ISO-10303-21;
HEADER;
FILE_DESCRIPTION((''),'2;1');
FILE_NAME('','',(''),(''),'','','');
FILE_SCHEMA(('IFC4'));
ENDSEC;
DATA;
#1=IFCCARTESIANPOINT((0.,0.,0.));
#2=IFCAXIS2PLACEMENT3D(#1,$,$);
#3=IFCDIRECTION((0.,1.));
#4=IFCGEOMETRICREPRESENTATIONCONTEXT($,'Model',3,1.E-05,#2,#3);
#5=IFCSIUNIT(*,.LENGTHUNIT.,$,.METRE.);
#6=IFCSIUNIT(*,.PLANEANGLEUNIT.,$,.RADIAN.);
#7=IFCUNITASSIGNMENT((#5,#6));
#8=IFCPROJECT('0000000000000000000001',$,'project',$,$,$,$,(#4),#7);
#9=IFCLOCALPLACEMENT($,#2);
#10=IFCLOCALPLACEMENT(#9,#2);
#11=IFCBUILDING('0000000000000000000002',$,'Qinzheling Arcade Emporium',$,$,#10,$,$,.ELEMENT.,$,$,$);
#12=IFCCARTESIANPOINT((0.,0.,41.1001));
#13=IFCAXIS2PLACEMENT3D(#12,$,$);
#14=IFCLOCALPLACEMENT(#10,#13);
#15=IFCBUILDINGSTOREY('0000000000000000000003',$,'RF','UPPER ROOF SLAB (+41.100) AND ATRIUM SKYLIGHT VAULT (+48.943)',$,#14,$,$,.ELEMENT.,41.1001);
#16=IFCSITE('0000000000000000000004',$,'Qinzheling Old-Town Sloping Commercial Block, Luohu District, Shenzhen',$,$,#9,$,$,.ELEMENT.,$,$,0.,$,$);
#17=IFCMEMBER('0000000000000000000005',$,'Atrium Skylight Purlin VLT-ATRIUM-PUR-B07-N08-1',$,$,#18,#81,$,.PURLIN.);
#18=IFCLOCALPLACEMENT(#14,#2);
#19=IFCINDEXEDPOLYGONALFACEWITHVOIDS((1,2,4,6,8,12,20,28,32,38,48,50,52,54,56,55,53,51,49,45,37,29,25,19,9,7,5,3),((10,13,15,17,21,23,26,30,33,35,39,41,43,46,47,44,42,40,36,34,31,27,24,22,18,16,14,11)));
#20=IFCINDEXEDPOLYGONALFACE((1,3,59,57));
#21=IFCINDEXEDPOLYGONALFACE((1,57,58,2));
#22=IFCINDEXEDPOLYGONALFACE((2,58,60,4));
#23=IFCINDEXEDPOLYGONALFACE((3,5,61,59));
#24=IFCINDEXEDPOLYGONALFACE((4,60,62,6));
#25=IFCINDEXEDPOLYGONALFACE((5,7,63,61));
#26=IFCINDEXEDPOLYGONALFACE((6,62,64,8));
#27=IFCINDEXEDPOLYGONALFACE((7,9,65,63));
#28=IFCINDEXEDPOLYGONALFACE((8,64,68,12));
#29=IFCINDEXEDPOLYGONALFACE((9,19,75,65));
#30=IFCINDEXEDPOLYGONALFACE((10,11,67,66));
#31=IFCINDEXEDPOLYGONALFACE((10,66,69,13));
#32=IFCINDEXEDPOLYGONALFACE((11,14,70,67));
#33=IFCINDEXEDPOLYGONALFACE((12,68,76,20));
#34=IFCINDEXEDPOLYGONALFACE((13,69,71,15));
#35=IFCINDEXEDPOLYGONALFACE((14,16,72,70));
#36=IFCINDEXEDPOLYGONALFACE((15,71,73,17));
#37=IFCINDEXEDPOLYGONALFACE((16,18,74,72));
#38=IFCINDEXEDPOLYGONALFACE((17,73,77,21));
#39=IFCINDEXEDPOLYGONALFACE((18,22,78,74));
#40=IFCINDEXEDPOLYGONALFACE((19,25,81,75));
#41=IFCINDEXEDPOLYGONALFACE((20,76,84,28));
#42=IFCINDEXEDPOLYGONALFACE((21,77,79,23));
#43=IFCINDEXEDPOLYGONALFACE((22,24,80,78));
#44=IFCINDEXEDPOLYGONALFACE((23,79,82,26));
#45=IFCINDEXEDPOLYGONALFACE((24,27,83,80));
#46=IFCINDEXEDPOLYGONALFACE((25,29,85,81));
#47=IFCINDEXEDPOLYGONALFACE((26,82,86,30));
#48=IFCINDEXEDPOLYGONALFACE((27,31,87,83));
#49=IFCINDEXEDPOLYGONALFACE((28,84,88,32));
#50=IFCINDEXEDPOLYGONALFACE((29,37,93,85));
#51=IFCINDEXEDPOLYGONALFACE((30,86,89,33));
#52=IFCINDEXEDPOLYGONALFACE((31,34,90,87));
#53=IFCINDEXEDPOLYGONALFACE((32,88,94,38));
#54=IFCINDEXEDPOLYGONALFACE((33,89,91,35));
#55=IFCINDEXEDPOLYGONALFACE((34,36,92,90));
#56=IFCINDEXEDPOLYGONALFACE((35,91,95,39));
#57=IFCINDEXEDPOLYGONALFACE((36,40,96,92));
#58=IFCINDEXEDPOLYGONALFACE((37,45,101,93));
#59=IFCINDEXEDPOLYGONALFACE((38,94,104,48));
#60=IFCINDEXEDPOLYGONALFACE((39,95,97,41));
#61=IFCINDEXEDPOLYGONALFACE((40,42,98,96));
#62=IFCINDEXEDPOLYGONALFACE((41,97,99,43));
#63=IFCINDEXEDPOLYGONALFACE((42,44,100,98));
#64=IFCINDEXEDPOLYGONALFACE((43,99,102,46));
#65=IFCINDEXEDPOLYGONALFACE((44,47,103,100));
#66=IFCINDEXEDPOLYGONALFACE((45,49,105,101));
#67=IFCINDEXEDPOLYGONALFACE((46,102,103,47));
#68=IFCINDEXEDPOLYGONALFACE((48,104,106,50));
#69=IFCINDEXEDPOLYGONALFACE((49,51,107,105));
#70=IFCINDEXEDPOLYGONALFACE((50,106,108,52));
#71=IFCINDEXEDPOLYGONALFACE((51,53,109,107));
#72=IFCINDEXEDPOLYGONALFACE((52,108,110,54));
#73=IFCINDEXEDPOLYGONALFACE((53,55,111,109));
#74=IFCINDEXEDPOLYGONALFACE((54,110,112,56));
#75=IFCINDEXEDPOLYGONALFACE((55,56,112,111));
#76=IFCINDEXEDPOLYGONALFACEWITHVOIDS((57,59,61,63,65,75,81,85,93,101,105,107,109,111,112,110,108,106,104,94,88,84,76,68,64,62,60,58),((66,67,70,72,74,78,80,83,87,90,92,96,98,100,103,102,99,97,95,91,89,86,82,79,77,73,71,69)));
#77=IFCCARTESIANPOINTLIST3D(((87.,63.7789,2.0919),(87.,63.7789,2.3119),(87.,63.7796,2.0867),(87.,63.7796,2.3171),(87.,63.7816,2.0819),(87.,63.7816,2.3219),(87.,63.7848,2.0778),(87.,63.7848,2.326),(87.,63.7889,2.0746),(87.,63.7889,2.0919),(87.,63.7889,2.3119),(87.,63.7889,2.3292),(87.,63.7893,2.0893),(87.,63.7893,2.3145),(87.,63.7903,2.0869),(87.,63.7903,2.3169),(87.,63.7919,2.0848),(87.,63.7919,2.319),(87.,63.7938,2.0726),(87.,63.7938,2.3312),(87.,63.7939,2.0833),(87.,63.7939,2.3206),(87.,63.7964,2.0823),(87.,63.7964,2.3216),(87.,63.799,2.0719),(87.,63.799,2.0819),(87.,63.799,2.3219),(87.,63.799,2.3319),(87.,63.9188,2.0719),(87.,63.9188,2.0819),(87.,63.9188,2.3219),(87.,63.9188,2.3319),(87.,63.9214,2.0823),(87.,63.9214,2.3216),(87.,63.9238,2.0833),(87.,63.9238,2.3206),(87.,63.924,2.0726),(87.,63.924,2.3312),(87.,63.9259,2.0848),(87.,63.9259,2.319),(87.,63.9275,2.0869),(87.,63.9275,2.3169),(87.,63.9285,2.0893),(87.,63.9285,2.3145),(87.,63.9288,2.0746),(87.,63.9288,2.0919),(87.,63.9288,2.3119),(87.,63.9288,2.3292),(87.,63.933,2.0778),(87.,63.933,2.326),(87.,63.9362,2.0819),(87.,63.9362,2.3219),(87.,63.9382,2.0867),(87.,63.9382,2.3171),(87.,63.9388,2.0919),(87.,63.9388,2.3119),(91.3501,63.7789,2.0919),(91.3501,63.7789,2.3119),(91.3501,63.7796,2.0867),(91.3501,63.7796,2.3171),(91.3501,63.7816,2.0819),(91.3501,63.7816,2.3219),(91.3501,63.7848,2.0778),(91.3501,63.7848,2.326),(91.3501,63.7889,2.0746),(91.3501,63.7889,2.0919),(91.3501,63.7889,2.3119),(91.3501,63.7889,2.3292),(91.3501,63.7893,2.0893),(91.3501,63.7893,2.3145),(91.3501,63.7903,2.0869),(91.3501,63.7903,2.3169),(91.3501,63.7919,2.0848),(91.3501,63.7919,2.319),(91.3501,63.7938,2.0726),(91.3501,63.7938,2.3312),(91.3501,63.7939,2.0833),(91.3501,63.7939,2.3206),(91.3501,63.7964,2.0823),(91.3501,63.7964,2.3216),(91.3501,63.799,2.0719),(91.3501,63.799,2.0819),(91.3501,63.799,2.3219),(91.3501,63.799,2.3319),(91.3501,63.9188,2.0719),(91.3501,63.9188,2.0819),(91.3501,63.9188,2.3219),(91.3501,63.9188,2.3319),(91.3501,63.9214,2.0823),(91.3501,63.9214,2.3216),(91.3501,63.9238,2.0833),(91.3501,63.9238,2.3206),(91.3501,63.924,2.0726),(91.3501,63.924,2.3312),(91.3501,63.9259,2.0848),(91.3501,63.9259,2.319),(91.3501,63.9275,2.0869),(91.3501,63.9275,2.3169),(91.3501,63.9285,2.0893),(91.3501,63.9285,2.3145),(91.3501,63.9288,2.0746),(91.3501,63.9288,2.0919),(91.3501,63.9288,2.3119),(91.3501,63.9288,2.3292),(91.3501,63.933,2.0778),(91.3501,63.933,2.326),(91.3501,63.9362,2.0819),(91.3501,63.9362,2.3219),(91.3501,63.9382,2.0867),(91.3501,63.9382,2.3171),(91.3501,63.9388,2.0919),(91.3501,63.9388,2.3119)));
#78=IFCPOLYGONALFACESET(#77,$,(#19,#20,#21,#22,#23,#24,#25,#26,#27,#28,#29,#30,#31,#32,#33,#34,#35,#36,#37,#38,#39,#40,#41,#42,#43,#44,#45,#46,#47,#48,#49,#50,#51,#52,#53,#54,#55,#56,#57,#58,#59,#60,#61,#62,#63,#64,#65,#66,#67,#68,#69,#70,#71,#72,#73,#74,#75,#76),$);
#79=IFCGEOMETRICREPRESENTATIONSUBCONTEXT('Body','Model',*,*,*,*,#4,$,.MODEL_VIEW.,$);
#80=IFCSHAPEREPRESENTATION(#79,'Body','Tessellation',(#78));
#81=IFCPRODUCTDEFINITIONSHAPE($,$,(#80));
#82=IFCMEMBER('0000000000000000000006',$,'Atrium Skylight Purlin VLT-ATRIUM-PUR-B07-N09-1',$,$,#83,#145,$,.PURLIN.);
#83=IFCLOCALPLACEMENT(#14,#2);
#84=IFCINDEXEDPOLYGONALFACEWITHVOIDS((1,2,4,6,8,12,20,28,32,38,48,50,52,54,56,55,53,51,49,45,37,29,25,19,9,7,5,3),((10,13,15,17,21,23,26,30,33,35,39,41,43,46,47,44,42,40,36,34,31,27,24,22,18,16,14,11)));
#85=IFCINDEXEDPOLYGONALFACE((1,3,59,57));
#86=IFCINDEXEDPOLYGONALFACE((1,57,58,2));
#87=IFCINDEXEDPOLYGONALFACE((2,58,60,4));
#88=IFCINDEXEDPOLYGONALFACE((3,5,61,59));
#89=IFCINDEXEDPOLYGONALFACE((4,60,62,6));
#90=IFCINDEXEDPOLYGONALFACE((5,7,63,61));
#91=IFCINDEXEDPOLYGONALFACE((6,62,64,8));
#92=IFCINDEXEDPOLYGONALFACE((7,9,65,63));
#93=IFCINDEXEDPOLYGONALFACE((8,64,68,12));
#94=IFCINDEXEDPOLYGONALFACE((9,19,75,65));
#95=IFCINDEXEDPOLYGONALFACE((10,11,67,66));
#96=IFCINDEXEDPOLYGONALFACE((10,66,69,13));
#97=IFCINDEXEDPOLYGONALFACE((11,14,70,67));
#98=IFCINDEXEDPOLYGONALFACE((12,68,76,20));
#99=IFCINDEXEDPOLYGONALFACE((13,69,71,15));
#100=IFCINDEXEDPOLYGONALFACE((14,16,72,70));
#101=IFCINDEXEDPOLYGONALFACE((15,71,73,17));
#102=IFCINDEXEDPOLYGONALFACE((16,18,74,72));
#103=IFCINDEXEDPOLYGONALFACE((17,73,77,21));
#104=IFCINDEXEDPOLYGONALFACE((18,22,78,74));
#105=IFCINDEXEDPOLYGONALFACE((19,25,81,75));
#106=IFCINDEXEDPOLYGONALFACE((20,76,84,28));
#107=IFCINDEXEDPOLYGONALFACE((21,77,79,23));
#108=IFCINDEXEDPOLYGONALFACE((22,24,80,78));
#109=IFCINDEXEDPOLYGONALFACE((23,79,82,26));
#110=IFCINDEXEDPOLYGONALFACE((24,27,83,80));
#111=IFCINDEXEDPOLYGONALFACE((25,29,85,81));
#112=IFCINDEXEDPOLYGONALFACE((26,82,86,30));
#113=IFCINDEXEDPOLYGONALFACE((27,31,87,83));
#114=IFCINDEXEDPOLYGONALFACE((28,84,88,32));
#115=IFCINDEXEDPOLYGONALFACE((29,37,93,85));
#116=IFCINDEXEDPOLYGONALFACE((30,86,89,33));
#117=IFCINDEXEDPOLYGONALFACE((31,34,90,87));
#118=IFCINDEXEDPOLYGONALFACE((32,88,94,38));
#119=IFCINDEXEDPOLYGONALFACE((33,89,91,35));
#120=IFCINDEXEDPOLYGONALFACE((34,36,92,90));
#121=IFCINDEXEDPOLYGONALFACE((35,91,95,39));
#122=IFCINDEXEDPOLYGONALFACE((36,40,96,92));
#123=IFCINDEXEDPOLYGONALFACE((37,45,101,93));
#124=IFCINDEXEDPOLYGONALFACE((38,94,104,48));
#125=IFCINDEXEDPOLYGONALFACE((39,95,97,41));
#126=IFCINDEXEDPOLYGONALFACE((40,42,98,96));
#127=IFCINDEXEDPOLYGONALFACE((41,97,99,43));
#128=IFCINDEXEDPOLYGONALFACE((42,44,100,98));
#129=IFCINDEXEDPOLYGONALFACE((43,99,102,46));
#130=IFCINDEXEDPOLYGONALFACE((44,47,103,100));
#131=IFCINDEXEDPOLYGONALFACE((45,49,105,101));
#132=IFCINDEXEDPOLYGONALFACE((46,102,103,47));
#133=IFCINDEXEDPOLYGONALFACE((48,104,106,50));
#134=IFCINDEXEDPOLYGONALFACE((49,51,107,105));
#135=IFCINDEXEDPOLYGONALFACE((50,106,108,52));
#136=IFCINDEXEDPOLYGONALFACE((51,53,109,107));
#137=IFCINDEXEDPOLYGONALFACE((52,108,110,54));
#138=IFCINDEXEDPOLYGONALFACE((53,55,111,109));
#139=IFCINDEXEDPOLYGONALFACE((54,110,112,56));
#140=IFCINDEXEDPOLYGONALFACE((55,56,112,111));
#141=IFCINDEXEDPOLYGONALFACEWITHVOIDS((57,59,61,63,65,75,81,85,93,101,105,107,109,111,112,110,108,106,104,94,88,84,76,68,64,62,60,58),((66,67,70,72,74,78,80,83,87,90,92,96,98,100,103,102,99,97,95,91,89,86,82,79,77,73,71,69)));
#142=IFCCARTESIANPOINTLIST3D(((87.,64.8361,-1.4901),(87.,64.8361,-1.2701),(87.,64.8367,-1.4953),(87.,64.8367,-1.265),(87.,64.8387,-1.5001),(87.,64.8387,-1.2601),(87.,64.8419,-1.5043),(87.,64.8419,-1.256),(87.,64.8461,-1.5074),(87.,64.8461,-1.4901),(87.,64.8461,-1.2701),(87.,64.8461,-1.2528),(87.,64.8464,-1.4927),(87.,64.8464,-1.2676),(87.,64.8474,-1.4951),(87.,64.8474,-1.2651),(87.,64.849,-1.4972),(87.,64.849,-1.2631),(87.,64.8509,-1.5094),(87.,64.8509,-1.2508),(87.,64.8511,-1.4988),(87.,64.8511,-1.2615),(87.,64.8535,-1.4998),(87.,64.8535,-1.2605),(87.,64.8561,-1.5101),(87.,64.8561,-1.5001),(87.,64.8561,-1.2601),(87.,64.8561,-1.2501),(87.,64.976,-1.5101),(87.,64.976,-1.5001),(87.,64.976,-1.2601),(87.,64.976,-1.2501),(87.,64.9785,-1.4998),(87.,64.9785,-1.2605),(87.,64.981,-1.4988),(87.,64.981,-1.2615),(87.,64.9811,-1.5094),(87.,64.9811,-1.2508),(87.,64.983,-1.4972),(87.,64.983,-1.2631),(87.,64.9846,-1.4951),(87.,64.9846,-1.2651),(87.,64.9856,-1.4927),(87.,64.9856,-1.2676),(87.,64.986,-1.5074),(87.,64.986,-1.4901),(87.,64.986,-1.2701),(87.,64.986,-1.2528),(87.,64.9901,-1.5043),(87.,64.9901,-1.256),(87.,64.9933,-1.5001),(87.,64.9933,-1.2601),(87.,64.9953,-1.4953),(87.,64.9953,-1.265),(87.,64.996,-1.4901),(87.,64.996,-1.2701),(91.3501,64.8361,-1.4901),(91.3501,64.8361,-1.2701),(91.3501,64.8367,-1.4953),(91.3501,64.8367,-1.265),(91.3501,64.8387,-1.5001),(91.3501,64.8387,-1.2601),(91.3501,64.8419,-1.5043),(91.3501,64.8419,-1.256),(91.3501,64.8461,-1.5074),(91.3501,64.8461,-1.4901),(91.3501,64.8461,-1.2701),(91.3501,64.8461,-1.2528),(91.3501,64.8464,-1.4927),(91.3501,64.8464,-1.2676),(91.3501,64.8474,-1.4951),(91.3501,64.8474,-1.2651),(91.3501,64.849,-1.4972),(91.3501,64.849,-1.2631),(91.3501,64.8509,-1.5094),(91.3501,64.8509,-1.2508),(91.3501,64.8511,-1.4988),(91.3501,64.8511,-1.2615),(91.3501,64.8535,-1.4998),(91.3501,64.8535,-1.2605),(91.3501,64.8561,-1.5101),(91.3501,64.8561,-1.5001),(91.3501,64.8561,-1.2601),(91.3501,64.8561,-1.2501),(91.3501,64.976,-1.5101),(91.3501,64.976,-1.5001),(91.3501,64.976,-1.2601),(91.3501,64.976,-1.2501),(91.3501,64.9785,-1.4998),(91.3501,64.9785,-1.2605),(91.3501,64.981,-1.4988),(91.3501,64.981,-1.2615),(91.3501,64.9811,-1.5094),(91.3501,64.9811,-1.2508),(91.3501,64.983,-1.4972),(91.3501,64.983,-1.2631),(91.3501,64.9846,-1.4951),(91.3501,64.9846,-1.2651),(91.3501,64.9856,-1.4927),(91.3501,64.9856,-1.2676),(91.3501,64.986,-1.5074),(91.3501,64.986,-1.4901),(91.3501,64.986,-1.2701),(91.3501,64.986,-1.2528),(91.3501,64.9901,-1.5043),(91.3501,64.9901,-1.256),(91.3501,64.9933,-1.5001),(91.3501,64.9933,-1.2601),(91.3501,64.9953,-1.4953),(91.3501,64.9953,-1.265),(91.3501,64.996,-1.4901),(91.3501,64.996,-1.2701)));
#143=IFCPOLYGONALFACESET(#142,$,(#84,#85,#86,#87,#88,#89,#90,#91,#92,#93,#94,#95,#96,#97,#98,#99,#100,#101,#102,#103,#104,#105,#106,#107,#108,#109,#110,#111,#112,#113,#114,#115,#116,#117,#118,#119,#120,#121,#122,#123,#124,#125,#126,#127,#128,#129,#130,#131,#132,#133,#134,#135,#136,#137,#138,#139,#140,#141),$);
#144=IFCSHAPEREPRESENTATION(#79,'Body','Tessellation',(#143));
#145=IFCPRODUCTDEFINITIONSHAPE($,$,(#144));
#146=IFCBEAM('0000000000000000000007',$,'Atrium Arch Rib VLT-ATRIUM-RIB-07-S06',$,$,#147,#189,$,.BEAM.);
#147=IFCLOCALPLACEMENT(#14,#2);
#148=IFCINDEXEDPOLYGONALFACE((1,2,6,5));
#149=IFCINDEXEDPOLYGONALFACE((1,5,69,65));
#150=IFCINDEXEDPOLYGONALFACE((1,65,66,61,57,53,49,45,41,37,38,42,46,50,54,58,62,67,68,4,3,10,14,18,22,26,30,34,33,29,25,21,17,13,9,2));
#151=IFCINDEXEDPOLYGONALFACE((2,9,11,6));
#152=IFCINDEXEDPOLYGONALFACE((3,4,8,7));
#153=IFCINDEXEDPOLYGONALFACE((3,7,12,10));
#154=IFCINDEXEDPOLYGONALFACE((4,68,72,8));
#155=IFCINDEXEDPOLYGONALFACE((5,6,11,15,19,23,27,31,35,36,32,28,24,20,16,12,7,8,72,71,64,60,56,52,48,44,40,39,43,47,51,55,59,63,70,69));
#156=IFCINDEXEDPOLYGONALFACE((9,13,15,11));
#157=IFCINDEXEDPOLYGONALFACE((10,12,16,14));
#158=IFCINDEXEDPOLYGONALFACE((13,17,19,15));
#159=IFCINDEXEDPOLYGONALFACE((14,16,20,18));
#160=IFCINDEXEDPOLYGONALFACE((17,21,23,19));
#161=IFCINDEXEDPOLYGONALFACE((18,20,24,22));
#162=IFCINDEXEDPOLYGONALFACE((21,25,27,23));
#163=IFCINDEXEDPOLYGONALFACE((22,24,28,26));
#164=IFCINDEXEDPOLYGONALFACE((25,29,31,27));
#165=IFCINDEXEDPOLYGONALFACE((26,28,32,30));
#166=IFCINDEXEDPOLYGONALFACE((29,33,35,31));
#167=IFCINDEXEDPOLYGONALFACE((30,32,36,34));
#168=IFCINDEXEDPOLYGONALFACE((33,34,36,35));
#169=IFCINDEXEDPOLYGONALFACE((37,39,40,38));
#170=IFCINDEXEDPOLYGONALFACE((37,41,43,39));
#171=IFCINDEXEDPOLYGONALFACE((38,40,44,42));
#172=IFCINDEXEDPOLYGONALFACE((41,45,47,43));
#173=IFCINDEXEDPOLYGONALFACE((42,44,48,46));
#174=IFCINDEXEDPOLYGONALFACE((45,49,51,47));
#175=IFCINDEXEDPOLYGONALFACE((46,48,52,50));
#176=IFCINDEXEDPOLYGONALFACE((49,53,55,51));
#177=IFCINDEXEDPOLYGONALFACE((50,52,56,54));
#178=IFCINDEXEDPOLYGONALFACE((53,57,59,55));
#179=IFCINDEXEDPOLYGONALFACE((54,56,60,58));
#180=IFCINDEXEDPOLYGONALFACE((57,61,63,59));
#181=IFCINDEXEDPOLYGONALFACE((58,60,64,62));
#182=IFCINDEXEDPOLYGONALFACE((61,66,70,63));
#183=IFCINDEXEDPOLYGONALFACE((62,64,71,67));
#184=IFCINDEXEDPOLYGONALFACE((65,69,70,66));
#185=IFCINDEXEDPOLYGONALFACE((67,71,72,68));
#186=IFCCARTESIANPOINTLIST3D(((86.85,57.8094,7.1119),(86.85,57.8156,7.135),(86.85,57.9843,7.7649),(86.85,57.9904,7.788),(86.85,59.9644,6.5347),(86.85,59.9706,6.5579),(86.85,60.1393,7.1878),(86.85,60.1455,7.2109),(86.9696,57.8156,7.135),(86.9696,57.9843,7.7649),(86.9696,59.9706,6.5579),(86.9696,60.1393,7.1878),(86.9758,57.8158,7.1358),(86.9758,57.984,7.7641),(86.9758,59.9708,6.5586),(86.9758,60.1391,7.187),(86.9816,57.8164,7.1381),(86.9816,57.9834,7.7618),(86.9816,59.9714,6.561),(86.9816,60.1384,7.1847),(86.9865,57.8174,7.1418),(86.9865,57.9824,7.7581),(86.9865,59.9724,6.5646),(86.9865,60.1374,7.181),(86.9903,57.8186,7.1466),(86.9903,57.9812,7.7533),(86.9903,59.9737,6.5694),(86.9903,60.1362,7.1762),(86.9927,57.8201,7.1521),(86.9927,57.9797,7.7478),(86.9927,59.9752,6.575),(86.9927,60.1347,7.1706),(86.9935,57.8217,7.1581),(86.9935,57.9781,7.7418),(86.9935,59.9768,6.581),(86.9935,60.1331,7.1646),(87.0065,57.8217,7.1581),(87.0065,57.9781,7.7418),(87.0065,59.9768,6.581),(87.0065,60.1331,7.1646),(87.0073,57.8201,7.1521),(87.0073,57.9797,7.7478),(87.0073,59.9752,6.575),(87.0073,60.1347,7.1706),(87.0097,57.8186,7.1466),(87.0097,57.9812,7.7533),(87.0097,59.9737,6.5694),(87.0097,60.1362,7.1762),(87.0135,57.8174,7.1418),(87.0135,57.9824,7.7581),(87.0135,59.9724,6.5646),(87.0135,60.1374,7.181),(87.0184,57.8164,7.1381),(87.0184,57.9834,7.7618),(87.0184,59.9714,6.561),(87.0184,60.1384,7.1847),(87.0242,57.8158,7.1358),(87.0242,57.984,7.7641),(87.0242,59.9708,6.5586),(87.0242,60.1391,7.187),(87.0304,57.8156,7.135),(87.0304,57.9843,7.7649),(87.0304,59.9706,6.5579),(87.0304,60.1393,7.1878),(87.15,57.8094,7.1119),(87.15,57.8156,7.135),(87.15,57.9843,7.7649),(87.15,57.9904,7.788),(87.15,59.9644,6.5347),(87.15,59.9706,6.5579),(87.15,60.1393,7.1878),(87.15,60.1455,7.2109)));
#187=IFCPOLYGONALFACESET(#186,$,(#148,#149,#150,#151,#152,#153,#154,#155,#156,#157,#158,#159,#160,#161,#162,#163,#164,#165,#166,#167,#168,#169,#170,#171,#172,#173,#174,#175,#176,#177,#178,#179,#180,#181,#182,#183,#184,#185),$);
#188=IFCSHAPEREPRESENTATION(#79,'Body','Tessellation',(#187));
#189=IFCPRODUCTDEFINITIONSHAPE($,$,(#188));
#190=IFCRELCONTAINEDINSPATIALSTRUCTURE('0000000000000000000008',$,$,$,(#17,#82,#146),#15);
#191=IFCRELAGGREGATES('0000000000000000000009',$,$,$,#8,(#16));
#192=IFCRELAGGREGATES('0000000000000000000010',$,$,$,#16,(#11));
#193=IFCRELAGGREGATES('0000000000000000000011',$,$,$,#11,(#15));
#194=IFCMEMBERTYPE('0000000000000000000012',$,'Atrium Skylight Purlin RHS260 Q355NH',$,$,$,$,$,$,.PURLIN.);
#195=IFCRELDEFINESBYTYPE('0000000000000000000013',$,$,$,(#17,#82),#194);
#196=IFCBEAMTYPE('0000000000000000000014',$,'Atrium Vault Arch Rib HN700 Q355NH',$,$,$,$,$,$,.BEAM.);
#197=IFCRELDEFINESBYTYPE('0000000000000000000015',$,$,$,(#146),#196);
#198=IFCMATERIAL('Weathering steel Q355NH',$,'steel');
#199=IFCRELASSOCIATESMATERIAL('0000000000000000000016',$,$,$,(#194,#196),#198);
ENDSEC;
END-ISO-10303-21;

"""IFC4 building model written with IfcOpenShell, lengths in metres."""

from ifc_helpers import new_model, si_unit, direction, frame, origin, origin_2d, place, context, subcontext, project, spatial, hollow_rectangle, i_section, extrude, material, material_profile, profile_set, type_object, element, save


model = new_model("IFC4")

# Units and contexts
model_context = context("Model", 3, precision=1e-05, world=origin(), true_north=direction((0.0, 1.0)))
body_context = subcontext(model_context, "Body", "Model", "MODEL_VIEW")
ifc_project = project(units=[si_unit("LENGTHUNIT", "METRE"), si_unit("PLANEANGLEUNIT", "RADIAN")], contexts=[model_context])

# Site, building, storey
site_placement = place(None, origin())
site = spatial("IfcSite", under=ifc_project, at=site_placement, Name="Qinzheling Old-Town Sloping Commercial Block, Luohu District, Shenzhen", CompositionType="ELEMENT", RefElevation=0.0)
building_placement = place(site_placement, origin())
building = spatial("IfcBuilding", under=site, at=building_placement, Name="Qinzheling Arcade Emporium", CompositionType="ELEMENT")
storey_placement = place(building_placement, frame((0.0, 0.0, 41.1001)))
storey = spatial("IfcBuildingStorey", under=building, at=storey_placement, Name="RF", Description="UPPER ROOF SLAB (+41.100) AND ATRIUM SKYLIGHT VAULT (+48.943)", CompositionType="ELEMENT", Elevation=41.1001)

# Shared definitions
ifc_material_1 = material(Name="Weathering steel Q355NH", Category="steel")

# Members
ifc_material_profile_1 = material_profile(ifc_material_1, hollow_rectangle(XDim=0.1599, YDim=0.26, WallThickness=0.01, InnerFilletRadius=0.01, OuterFilletRadius=0.02, at=origin_2d()), Name="RHS 260x160x10", Category="steel")
ifc_profile_set_1 = profile_set([ifc_material_profile_1], Name="Weathering steel Q355NH")
member_type = type_object("IfcMemberType", Name="Atrium Skylight Purlin RHS260 Q355NH", PredefinedType="PURLIN", material=ifc_profile_set_1)
for number, where, z_axis, x_axis, name in (
    (1, (87.0, 63.8589, 2.2019), (1.0, 0.0, 0.0), (0.0, 1.0, 0.0), "Atrium Skylight Purlin VLT-ATRIUM-PUR-B07-N08-1"),
    (2, (87.0, 64.916, -1.3801), (1.0, 0.0, 0.0), (0.0, 1.0, 0.0), "Atrium Skylight Purlin VLT-ATRIUM-PUR-B07-N09-1"),
):
    element("IfcMember", number, at=place(storey_placement, frame(where, z_axis=z_axis, x_axis=x_axis)), inside=storey, type_object=member_type, Name=name, PredefinedType="PURLIN", context=body_context, shape_type="SweptSolid", body=[
        extrude(hollow_rectangle(XDim=0.1599, YDim=0.26, WallThickness=0.01, InnerFilletRadius=0.01, OuterFilletRadius=0.02, at=origin_2d()), origin(), (0.0, 0.0, 1.0), 4.3501),
    ])

# Beam
ifc_material_profile_2 = material_profile(ifc_material_1, i_section(OverallWidth=0.3, OverallDepth=0.7, WebThickness=0.0129, FlangeThickness=0.0239, FilletRadius=0.0239, at=origin_2d()), Name="HN 700x300x13x24", Category="steel")
ifc_profile_set_2 = profile_set([ifc_material_profile_2], Name="Weathering steel Q355NH")
beam_type_1 = type_object("IfcBeamType", Name="Atrium Vault Arch Rib HN700 Q355NH", PredefinedType="BEAM", material=ifc_profile_set_2)
beam_1_placement = place(storey_placement, frame((87.0, 57.8999, 7.45), z_axis=(0.0, 0.965958, -0.258698), x_axis=(-1.0, 0.0, 0.0)))
element("IfcBeam", 3, at=beam_1_placement, inside=storey, type_object=beam_type_1, Name="Atrium Arch Rib VLT-ATRIUM-RIB-07-S06", PredefinedType="BEAM", context=body_context, shape_type="SweptSolid", body=[
    extrude(i_section(OverallWidth=0.3, OverallDepth=0.7, WebThickness=0.0129, FlangeThickness=0.0239, FilletRadius=0.0239, at=origin_2d()), origin(), (0.0, 0.0, 1.0), 2.231),
])

save(model, "model.ifc")
